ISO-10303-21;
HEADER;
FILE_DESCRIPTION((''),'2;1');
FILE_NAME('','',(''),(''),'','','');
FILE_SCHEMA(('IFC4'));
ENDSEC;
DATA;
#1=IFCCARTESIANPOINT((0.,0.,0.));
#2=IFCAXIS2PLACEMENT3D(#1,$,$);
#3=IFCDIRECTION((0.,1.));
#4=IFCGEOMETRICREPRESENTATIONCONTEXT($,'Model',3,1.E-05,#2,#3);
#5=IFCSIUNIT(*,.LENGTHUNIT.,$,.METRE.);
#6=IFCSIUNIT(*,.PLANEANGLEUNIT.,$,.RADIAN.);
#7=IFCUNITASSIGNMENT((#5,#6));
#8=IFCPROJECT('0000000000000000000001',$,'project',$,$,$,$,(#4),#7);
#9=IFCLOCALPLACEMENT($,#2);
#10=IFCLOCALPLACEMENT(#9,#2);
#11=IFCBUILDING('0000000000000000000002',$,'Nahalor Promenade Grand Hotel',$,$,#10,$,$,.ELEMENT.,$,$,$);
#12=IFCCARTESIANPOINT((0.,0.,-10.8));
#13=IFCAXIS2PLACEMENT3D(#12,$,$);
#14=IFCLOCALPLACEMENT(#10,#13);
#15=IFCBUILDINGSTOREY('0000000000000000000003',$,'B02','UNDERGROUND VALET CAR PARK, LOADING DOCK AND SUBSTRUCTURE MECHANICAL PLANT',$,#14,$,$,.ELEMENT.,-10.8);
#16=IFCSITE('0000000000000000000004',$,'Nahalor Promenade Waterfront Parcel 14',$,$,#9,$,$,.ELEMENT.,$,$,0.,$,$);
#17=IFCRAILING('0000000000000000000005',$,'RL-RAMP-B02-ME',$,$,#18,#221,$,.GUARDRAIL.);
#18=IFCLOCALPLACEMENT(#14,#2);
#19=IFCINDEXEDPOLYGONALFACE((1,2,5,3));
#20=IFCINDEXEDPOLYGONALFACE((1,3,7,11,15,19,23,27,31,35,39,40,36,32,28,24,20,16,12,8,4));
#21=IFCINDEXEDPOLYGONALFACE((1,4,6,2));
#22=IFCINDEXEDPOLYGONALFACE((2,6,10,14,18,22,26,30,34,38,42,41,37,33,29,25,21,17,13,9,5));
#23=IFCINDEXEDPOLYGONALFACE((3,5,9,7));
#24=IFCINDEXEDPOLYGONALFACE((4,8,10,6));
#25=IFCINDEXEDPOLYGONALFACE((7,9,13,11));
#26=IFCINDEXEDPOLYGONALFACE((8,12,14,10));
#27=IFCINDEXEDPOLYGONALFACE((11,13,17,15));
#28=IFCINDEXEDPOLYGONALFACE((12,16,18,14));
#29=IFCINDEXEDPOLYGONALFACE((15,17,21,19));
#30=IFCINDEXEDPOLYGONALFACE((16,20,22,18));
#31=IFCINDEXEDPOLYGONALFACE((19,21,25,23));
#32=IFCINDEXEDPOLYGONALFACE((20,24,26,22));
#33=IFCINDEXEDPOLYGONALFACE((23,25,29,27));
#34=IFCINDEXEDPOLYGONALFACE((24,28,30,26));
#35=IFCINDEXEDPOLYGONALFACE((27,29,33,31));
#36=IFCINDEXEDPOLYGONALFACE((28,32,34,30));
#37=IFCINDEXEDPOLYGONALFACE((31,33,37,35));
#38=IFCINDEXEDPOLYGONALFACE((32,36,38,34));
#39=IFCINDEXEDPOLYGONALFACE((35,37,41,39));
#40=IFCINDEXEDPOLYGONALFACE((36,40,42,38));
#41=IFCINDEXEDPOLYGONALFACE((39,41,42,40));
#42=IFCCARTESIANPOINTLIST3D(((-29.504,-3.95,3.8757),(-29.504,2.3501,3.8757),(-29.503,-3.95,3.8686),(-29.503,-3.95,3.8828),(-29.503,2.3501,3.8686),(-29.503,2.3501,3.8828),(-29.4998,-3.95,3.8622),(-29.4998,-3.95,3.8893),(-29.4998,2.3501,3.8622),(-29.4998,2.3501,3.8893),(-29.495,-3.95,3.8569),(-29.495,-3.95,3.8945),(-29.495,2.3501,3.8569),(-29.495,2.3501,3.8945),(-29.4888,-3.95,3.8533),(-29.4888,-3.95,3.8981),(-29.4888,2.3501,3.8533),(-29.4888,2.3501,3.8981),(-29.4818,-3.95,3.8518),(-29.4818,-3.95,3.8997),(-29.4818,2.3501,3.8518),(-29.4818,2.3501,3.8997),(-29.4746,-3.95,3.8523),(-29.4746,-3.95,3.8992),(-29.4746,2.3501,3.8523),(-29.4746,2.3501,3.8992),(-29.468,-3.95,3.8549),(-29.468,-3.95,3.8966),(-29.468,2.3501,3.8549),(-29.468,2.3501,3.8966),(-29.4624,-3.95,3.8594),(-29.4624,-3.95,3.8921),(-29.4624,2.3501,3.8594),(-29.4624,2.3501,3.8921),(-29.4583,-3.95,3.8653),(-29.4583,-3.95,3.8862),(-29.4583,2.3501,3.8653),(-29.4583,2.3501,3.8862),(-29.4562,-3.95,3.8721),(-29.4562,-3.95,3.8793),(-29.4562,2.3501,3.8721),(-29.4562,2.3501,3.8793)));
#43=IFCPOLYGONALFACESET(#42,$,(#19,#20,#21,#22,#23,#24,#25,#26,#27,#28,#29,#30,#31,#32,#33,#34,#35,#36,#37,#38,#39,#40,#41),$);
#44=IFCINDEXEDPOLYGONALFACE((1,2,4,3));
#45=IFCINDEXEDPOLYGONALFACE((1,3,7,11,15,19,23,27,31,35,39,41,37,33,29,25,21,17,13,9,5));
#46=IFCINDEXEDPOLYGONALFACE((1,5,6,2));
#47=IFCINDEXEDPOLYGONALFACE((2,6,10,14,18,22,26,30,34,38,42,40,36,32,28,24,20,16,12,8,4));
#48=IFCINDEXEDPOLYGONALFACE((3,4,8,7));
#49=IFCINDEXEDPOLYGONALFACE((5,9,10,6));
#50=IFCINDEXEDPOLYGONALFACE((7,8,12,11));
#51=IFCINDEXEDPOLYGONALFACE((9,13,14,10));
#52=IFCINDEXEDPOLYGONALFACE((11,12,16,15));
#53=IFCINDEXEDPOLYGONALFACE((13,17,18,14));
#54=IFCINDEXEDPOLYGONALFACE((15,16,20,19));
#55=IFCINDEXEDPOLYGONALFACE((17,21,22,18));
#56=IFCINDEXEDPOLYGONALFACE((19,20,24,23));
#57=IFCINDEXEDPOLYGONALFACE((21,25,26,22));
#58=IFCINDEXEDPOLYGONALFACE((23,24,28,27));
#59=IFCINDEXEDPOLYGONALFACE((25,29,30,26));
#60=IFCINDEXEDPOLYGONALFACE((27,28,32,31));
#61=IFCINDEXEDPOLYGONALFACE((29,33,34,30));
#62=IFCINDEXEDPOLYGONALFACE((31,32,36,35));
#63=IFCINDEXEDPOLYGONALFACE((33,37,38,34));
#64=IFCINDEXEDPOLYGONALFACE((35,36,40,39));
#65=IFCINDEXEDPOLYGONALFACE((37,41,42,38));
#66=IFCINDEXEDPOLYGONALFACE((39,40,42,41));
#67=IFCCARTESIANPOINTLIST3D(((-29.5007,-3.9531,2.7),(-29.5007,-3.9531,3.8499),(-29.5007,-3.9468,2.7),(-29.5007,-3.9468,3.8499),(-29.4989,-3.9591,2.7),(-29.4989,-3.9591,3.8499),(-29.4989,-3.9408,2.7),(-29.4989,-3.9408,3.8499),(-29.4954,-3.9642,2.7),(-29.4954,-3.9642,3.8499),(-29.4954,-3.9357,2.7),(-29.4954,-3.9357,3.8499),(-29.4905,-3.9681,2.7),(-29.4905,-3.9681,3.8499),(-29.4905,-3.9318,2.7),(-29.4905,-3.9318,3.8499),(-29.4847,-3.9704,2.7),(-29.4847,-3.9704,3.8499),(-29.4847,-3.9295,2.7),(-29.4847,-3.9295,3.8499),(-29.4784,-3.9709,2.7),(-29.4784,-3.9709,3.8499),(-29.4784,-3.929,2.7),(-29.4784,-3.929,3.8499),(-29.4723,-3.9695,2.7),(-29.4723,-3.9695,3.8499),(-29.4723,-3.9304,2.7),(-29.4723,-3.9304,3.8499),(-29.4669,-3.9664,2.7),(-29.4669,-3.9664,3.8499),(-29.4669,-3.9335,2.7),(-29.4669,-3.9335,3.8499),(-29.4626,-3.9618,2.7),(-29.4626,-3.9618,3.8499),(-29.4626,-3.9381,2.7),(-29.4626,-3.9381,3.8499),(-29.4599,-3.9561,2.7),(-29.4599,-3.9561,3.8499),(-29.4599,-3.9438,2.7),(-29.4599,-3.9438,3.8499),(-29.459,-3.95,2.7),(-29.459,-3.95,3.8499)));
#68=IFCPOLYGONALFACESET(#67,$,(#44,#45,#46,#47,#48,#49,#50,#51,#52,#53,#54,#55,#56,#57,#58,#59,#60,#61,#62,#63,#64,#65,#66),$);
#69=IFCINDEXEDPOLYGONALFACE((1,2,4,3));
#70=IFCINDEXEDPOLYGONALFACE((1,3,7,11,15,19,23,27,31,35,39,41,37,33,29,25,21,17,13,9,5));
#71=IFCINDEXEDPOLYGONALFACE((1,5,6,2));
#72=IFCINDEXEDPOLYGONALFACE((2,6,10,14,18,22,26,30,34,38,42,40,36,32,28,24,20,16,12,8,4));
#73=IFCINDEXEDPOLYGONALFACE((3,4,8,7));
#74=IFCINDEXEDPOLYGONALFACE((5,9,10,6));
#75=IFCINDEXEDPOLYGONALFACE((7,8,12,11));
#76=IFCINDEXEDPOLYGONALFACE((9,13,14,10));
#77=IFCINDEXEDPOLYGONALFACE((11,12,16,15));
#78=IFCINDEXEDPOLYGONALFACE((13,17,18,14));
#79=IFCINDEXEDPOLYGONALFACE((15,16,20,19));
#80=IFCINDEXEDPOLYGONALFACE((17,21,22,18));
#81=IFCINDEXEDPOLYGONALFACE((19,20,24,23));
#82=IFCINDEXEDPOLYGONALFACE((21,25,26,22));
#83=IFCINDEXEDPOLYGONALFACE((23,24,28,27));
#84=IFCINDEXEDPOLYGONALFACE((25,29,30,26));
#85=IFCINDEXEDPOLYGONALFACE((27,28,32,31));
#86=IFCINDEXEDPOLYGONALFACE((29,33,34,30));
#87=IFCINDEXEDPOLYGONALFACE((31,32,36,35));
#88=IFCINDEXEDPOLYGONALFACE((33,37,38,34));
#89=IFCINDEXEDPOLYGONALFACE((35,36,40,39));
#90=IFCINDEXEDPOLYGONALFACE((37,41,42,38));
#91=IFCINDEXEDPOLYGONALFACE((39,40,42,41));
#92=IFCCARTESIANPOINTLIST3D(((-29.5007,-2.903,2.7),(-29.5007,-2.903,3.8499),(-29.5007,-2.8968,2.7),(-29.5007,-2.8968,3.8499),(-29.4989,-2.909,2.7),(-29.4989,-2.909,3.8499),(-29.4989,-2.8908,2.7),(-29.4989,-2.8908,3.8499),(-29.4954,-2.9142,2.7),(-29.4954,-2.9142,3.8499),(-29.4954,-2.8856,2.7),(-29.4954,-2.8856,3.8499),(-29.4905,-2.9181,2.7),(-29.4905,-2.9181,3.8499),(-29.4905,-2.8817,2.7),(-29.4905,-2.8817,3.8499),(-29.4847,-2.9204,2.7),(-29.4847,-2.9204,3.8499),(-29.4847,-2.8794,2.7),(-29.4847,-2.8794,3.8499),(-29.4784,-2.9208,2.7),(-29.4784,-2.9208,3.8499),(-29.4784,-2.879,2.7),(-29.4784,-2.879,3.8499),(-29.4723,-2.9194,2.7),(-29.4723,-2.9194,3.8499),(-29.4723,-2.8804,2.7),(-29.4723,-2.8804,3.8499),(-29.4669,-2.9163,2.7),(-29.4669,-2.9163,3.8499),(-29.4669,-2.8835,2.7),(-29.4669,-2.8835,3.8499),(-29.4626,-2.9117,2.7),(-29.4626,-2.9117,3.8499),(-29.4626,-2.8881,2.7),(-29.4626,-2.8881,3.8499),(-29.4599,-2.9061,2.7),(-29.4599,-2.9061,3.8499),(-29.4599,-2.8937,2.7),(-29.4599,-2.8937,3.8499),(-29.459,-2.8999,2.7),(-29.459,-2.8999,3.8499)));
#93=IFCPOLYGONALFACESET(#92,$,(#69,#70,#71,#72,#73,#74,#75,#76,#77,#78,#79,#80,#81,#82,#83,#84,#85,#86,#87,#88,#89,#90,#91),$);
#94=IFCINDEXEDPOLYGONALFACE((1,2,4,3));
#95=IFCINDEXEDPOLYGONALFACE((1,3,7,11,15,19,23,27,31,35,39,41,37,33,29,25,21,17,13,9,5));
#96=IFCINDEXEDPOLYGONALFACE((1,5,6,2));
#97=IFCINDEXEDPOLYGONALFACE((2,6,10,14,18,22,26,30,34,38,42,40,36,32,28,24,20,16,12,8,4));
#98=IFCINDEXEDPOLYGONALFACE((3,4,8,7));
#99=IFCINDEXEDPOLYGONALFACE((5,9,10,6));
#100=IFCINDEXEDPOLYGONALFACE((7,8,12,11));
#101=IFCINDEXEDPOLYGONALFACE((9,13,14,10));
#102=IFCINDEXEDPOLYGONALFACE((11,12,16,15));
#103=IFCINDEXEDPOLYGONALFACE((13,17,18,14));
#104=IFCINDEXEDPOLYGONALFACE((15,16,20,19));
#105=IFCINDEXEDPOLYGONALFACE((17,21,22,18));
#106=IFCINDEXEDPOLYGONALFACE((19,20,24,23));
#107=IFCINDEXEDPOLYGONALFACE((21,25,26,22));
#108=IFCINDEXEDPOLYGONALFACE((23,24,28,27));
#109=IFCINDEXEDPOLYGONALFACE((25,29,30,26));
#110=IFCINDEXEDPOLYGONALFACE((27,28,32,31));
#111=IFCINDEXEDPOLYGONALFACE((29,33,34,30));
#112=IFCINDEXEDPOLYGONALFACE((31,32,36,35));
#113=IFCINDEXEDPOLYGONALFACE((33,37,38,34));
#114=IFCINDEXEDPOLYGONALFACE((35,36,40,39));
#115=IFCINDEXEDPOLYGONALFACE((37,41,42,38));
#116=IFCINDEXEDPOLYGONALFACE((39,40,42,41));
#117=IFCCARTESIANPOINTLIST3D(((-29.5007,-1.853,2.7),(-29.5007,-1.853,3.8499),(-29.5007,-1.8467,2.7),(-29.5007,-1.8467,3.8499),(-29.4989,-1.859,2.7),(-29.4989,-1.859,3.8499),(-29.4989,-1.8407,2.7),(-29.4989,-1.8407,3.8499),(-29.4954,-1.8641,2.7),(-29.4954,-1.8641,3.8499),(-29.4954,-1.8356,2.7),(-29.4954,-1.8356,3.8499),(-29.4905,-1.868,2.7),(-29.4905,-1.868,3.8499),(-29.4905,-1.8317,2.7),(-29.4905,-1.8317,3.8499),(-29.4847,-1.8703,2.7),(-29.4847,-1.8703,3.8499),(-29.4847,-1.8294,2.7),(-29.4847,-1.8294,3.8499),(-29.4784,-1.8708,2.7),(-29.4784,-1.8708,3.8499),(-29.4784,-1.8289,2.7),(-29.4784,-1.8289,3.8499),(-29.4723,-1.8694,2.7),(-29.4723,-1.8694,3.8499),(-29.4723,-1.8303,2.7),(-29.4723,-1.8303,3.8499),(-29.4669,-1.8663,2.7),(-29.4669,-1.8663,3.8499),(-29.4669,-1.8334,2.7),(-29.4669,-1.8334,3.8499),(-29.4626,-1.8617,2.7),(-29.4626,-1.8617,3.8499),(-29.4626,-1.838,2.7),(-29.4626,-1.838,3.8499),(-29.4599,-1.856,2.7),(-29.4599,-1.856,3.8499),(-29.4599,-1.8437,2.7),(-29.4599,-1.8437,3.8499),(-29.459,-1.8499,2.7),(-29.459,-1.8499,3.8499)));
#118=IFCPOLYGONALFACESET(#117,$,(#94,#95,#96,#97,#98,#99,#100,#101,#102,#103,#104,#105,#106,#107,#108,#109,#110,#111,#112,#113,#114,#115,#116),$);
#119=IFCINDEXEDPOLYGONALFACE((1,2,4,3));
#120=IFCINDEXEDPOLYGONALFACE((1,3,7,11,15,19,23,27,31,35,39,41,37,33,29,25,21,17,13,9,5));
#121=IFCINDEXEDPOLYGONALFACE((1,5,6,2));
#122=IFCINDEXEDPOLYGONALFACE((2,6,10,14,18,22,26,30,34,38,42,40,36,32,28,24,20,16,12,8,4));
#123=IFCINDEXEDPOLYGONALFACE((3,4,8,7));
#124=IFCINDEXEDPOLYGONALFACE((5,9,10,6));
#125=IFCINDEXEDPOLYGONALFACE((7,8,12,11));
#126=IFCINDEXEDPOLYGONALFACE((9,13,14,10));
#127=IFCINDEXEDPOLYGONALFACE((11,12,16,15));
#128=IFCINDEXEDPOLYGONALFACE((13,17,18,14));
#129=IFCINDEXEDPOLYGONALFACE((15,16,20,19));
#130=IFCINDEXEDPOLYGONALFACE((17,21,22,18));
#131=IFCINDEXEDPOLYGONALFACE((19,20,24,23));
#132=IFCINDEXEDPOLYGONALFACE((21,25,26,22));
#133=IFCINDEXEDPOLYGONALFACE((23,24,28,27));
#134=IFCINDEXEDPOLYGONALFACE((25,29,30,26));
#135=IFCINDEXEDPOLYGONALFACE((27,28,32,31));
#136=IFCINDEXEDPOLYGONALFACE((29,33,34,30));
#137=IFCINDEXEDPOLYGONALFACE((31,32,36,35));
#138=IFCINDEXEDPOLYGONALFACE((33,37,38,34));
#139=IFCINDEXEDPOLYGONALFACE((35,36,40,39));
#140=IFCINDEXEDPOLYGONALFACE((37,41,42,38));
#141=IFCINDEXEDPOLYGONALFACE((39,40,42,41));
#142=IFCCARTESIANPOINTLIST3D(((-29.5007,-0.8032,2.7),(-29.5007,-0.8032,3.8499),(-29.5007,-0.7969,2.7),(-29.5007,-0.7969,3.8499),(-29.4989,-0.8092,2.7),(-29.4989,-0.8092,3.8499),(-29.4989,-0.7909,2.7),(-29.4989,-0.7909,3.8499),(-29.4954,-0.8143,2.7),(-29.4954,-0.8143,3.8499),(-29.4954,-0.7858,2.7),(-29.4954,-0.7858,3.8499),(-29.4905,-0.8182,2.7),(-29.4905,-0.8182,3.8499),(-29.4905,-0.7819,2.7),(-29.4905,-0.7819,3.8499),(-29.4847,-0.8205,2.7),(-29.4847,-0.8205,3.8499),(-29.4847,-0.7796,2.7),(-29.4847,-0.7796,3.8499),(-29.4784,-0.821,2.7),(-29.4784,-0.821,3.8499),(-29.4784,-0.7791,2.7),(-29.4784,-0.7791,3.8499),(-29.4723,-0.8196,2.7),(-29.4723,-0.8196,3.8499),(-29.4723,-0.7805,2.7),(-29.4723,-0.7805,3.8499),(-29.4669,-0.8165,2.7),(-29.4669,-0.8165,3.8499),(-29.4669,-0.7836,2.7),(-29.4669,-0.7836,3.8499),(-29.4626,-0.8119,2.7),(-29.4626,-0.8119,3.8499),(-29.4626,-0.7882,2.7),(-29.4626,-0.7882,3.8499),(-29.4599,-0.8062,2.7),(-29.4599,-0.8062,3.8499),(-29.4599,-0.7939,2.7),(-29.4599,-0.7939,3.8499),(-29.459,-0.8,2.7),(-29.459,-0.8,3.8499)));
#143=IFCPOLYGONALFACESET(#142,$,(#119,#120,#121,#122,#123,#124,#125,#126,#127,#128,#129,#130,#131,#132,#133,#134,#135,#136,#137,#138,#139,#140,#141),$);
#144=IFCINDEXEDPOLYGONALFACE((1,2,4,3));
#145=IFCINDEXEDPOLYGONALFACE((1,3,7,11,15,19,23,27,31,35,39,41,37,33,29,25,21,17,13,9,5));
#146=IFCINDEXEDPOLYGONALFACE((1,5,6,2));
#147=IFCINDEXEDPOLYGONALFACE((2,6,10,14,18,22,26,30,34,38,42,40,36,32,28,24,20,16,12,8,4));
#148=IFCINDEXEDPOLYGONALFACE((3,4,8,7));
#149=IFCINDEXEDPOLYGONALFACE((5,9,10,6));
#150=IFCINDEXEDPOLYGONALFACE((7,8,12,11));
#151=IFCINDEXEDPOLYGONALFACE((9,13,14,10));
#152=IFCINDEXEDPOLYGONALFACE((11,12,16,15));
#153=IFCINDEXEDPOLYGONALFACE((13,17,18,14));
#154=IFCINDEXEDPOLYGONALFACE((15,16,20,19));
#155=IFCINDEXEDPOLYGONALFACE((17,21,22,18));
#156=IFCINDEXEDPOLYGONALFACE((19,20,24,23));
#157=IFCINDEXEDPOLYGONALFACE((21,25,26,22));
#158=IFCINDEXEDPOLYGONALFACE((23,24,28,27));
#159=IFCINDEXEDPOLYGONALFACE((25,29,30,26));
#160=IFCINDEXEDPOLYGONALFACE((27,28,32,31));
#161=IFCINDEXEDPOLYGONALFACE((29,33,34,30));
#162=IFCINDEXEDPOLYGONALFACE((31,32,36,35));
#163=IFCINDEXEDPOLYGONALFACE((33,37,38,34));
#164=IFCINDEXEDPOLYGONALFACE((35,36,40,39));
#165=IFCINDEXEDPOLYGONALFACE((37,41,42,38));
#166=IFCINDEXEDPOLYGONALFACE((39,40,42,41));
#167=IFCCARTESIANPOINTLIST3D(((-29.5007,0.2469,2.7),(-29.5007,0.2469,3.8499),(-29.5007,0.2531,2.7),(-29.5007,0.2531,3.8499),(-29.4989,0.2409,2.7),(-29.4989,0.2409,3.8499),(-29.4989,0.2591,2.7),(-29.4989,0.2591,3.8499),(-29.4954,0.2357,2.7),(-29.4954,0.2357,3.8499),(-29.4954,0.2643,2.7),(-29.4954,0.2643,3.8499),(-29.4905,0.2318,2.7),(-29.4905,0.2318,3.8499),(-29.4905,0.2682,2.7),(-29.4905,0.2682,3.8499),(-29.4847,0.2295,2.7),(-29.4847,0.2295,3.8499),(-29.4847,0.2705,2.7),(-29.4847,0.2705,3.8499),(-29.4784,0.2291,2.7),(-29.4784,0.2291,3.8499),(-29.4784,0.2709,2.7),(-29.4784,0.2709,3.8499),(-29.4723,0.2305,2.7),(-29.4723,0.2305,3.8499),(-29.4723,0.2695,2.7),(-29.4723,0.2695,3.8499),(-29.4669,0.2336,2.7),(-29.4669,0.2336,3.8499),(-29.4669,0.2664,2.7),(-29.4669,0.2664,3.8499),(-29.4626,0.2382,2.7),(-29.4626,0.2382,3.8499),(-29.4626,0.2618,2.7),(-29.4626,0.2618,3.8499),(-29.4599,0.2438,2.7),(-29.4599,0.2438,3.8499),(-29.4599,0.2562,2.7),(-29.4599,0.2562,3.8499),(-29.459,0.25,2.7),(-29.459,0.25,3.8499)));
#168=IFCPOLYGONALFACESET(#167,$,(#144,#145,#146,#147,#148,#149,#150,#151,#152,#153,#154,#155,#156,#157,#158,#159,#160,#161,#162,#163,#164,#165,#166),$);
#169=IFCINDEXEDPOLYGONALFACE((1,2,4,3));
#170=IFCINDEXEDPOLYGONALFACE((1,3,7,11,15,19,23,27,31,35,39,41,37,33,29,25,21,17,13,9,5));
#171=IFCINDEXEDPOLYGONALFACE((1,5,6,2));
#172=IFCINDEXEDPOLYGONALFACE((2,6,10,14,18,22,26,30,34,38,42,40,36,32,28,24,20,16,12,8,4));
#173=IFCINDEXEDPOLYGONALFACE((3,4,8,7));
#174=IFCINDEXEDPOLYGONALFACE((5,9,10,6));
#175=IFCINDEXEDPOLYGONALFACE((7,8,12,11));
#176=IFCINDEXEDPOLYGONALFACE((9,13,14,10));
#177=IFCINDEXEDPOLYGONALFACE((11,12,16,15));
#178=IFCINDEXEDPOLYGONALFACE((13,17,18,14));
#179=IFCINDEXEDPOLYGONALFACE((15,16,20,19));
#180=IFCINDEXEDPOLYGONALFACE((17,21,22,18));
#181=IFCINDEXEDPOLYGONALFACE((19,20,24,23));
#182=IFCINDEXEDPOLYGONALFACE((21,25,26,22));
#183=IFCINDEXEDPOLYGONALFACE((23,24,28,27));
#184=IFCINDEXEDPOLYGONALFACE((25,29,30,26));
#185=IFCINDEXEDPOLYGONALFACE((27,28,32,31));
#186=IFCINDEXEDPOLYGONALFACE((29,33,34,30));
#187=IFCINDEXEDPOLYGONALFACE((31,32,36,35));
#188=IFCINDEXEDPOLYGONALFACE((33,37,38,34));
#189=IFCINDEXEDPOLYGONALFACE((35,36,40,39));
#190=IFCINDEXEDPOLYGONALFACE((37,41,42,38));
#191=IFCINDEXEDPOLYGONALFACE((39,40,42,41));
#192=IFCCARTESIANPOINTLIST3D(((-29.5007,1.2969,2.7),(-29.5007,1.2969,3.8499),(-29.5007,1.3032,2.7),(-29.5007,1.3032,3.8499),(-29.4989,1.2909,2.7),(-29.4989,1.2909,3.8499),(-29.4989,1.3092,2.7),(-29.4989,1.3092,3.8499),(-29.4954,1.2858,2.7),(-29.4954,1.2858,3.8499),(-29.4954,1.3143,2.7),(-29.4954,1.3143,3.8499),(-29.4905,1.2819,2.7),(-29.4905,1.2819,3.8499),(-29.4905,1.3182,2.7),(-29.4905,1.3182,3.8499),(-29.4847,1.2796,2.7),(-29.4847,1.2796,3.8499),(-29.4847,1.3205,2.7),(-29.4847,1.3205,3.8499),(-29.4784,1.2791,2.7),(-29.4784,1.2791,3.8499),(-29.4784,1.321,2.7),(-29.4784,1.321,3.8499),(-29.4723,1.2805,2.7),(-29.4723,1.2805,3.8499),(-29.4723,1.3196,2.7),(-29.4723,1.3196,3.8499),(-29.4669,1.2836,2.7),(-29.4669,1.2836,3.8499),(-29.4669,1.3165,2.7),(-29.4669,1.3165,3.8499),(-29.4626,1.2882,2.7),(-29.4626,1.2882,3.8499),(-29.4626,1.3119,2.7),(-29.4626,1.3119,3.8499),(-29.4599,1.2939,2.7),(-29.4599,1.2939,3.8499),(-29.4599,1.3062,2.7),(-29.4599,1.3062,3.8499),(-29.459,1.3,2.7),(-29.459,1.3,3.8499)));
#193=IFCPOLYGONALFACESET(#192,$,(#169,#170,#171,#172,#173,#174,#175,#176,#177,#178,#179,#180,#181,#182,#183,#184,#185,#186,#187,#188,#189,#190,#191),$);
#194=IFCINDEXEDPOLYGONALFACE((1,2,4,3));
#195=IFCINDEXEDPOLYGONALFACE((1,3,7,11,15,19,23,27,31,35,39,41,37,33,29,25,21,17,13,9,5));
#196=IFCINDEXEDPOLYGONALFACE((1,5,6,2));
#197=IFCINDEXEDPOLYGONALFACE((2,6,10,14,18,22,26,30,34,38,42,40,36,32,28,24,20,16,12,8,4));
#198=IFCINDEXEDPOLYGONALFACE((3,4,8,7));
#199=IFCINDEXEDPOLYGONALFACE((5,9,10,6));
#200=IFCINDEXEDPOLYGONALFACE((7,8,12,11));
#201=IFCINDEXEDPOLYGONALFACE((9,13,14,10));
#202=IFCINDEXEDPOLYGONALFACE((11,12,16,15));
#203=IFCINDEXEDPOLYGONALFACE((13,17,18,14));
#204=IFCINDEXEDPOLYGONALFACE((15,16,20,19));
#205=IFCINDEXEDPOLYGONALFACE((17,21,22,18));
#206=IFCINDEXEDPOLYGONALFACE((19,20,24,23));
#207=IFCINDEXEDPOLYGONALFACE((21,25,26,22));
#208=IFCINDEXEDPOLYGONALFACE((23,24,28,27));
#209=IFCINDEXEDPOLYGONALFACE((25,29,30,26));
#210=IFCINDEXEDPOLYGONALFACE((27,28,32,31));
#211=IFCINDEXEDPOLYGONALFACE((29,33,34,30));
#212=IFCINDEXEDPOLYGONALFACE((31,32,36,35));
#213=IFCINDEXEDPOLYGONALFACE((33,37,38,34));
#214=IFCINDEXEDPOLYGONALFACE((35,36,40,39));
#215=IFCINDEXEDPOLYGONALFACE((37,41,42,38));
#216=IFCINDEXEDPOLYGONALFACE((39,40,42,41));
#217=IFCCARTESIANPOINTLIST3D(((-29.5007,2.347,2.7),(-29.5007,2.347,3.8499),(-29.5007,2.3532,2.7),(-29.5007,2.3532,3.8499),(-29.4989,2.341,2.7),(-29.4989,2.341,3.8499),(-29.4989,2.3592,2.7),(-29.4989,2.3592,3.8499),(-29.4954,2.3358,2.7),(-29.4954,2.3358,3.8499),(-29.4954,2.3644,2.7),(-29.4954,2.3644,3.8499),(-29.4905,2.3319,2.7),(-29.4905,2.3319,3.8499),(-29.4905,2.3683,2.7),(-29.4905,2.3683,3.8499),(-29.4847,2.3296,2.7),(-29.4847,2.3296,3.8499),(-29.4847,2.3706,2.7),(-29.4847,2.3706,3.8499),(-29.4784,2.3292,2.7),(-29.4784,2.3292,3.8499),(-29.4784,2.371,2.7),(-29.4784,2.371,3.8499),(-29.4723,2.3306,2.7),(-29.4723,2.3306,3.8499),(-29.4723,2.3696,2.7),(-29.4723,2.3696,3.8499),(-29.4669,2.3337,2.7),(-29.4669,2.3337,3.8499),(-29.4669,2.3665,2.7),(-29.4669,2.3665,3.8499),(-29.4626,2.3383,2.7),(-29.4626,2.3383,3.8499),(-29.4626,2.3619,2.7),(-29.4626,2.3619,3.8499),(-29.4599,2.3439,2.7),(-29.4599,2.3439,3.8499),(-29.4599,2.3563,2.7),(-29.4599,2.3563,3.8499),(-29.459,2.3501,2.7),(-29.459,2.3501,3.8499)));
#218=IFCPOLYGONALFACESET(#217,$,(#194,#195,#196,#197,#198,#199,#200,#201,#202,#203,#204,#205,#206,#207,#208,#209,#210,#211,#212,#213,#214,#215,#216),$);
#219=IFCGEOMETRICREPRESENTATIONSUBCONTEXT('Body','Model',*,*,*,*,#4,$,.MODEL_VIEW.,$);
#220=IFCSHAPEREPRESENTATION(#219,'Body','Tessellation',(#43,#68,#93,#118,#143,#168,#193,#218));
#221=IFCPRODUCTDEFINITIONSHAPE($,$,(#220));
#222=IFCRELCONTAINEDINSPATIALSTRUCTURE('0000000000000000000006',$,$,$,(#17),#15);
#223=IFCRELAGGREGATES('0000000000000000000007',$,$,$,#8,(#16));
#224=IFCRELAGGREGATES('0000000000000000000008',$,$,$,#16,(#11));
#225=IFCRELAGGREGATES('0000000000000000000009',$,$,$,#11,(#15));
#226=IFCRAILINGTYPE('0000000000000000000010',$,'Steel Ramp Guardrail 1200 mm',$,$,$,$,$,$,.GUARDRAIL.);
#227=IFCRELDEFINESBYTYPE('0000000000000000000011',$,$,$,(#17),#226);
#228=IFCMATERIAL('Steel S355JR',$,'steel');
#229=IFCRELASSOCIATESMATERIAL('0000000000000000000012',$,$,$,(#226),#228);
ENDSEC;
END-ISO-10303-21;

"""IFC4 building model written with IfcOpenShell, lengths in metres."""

from ifc_helpers import new_model, si_unit, direction, frame, origin, origin_2d, place, context, subcontext, project, spatial, circle, extrude, material, type_object, element, save


model = new_model("IFC4")

# Units and contexts
model_context = context("Model", 3, precision=1e-05, world=origin(), true_north=direction((0.0, 1.0)))
body_context = subcontext(model_context, "Body", "Model", "MODEL_VIEW")
ifc_project = project(units=[si_unit("LENGTHUNIT", "METRE"), si_unit("PLANEANGLEUNIT", "RADIAN")], contexts=[model_context])

# Site, building, storey
site_placement = place(None, origin())
site = spatial("IfcSite", under=ifc_project, at=site_placement, Name="Nahalor Promenade Waterfront Parcel 14", CompositionType="ELEMENT", RefElevation=0.0)
building_placement = place(site_placement, origin())
building = spatial("IfcBuilding", under=site, at=building_placement, Name="Nahalor Promenade Grand Hotel", CompositionType="ELEMENT")
storey_placement = place(building_placement, frame((0.0, 0.0, -10.8)))
storey = spatial("IfcBuildingStorey", under=building, at=storey_placement, Name="B02", Description="UNDERGROUND VALET CAR PARK, LOADING DOCK AND SUBSTRUCTURE MECHANICAL PLANT", CompositionType="ELEMENT", Elevation=-10.8)

# Shared definitions
ifc_material_1 = material(Name="Steel S355JR", Category="steel")

# Railing
railing_type = type_object("IfcRailingType", Name="Steel Ramp Guardrail 1200 mm", PredefinedType="GUARDRAIL", material=ifc_material_1)
for number, where, name in (
    (1, (-29.48, -3.95, 2.7), "RL-RAMP-B02-ME"),
):
    element("IfcRailing", number, at=place(storey_placement, frame(where)), inside=storey, type_object=railing_type, Name=name, PredefinedType="GUARDRAIL", context=body_context, shape_type="SweptSolid", body=[
        extrude(circle(Radius=0.024, at=origin_2d()), frame((0.0, 0.0, 1.1758), z_axis=(0.0, 1.0, 0.0), x_axis=(-1.0, 0.0, 0.0)), (0.0, 0.0, 1.0), 6.3),
        extrude(circle(Radius=0.021, at=origin_2d()), origin(), (0.0, 0.0, 1.0), 1.1499),
        extrude(circle(Radius=0.021, at=origin_2d()), frame((0.0, 1.05, 0.0)), (0.0, 0.0, 1.0), 1.1499),
        extrude(circle(Radius=0.021, at=origin_2d()), frame((0.0, 2.1001, 0.0)), (0.0, 0.0, 1.0), 1.1499),
        extrude(circle(Radius=0.021, at=origin_2d()), frame((0.0, 3.1499, 0.0)), (0.0, 0.0, 1.0), 1.1499),
        extrude(circle(Radius=0.021, at=origin_2d()), frame((0.0, 4.2, 0.0)), (0.0, 0.0, 1.0), 1.1499),
        extrude(circle(Radius=0.021, at=origin_2d()), frame((0.0, 5.25, 0.0)), (0.0, 0.0, 1.0), 1.1499),
        extrude(circle(Radius=0.021, at=origin_2d()), frame((0.0, 6.3, 0.0)), (0.0, 0.0, 1.0), 1.1499),
    ])

save(model, "model.ifc")
